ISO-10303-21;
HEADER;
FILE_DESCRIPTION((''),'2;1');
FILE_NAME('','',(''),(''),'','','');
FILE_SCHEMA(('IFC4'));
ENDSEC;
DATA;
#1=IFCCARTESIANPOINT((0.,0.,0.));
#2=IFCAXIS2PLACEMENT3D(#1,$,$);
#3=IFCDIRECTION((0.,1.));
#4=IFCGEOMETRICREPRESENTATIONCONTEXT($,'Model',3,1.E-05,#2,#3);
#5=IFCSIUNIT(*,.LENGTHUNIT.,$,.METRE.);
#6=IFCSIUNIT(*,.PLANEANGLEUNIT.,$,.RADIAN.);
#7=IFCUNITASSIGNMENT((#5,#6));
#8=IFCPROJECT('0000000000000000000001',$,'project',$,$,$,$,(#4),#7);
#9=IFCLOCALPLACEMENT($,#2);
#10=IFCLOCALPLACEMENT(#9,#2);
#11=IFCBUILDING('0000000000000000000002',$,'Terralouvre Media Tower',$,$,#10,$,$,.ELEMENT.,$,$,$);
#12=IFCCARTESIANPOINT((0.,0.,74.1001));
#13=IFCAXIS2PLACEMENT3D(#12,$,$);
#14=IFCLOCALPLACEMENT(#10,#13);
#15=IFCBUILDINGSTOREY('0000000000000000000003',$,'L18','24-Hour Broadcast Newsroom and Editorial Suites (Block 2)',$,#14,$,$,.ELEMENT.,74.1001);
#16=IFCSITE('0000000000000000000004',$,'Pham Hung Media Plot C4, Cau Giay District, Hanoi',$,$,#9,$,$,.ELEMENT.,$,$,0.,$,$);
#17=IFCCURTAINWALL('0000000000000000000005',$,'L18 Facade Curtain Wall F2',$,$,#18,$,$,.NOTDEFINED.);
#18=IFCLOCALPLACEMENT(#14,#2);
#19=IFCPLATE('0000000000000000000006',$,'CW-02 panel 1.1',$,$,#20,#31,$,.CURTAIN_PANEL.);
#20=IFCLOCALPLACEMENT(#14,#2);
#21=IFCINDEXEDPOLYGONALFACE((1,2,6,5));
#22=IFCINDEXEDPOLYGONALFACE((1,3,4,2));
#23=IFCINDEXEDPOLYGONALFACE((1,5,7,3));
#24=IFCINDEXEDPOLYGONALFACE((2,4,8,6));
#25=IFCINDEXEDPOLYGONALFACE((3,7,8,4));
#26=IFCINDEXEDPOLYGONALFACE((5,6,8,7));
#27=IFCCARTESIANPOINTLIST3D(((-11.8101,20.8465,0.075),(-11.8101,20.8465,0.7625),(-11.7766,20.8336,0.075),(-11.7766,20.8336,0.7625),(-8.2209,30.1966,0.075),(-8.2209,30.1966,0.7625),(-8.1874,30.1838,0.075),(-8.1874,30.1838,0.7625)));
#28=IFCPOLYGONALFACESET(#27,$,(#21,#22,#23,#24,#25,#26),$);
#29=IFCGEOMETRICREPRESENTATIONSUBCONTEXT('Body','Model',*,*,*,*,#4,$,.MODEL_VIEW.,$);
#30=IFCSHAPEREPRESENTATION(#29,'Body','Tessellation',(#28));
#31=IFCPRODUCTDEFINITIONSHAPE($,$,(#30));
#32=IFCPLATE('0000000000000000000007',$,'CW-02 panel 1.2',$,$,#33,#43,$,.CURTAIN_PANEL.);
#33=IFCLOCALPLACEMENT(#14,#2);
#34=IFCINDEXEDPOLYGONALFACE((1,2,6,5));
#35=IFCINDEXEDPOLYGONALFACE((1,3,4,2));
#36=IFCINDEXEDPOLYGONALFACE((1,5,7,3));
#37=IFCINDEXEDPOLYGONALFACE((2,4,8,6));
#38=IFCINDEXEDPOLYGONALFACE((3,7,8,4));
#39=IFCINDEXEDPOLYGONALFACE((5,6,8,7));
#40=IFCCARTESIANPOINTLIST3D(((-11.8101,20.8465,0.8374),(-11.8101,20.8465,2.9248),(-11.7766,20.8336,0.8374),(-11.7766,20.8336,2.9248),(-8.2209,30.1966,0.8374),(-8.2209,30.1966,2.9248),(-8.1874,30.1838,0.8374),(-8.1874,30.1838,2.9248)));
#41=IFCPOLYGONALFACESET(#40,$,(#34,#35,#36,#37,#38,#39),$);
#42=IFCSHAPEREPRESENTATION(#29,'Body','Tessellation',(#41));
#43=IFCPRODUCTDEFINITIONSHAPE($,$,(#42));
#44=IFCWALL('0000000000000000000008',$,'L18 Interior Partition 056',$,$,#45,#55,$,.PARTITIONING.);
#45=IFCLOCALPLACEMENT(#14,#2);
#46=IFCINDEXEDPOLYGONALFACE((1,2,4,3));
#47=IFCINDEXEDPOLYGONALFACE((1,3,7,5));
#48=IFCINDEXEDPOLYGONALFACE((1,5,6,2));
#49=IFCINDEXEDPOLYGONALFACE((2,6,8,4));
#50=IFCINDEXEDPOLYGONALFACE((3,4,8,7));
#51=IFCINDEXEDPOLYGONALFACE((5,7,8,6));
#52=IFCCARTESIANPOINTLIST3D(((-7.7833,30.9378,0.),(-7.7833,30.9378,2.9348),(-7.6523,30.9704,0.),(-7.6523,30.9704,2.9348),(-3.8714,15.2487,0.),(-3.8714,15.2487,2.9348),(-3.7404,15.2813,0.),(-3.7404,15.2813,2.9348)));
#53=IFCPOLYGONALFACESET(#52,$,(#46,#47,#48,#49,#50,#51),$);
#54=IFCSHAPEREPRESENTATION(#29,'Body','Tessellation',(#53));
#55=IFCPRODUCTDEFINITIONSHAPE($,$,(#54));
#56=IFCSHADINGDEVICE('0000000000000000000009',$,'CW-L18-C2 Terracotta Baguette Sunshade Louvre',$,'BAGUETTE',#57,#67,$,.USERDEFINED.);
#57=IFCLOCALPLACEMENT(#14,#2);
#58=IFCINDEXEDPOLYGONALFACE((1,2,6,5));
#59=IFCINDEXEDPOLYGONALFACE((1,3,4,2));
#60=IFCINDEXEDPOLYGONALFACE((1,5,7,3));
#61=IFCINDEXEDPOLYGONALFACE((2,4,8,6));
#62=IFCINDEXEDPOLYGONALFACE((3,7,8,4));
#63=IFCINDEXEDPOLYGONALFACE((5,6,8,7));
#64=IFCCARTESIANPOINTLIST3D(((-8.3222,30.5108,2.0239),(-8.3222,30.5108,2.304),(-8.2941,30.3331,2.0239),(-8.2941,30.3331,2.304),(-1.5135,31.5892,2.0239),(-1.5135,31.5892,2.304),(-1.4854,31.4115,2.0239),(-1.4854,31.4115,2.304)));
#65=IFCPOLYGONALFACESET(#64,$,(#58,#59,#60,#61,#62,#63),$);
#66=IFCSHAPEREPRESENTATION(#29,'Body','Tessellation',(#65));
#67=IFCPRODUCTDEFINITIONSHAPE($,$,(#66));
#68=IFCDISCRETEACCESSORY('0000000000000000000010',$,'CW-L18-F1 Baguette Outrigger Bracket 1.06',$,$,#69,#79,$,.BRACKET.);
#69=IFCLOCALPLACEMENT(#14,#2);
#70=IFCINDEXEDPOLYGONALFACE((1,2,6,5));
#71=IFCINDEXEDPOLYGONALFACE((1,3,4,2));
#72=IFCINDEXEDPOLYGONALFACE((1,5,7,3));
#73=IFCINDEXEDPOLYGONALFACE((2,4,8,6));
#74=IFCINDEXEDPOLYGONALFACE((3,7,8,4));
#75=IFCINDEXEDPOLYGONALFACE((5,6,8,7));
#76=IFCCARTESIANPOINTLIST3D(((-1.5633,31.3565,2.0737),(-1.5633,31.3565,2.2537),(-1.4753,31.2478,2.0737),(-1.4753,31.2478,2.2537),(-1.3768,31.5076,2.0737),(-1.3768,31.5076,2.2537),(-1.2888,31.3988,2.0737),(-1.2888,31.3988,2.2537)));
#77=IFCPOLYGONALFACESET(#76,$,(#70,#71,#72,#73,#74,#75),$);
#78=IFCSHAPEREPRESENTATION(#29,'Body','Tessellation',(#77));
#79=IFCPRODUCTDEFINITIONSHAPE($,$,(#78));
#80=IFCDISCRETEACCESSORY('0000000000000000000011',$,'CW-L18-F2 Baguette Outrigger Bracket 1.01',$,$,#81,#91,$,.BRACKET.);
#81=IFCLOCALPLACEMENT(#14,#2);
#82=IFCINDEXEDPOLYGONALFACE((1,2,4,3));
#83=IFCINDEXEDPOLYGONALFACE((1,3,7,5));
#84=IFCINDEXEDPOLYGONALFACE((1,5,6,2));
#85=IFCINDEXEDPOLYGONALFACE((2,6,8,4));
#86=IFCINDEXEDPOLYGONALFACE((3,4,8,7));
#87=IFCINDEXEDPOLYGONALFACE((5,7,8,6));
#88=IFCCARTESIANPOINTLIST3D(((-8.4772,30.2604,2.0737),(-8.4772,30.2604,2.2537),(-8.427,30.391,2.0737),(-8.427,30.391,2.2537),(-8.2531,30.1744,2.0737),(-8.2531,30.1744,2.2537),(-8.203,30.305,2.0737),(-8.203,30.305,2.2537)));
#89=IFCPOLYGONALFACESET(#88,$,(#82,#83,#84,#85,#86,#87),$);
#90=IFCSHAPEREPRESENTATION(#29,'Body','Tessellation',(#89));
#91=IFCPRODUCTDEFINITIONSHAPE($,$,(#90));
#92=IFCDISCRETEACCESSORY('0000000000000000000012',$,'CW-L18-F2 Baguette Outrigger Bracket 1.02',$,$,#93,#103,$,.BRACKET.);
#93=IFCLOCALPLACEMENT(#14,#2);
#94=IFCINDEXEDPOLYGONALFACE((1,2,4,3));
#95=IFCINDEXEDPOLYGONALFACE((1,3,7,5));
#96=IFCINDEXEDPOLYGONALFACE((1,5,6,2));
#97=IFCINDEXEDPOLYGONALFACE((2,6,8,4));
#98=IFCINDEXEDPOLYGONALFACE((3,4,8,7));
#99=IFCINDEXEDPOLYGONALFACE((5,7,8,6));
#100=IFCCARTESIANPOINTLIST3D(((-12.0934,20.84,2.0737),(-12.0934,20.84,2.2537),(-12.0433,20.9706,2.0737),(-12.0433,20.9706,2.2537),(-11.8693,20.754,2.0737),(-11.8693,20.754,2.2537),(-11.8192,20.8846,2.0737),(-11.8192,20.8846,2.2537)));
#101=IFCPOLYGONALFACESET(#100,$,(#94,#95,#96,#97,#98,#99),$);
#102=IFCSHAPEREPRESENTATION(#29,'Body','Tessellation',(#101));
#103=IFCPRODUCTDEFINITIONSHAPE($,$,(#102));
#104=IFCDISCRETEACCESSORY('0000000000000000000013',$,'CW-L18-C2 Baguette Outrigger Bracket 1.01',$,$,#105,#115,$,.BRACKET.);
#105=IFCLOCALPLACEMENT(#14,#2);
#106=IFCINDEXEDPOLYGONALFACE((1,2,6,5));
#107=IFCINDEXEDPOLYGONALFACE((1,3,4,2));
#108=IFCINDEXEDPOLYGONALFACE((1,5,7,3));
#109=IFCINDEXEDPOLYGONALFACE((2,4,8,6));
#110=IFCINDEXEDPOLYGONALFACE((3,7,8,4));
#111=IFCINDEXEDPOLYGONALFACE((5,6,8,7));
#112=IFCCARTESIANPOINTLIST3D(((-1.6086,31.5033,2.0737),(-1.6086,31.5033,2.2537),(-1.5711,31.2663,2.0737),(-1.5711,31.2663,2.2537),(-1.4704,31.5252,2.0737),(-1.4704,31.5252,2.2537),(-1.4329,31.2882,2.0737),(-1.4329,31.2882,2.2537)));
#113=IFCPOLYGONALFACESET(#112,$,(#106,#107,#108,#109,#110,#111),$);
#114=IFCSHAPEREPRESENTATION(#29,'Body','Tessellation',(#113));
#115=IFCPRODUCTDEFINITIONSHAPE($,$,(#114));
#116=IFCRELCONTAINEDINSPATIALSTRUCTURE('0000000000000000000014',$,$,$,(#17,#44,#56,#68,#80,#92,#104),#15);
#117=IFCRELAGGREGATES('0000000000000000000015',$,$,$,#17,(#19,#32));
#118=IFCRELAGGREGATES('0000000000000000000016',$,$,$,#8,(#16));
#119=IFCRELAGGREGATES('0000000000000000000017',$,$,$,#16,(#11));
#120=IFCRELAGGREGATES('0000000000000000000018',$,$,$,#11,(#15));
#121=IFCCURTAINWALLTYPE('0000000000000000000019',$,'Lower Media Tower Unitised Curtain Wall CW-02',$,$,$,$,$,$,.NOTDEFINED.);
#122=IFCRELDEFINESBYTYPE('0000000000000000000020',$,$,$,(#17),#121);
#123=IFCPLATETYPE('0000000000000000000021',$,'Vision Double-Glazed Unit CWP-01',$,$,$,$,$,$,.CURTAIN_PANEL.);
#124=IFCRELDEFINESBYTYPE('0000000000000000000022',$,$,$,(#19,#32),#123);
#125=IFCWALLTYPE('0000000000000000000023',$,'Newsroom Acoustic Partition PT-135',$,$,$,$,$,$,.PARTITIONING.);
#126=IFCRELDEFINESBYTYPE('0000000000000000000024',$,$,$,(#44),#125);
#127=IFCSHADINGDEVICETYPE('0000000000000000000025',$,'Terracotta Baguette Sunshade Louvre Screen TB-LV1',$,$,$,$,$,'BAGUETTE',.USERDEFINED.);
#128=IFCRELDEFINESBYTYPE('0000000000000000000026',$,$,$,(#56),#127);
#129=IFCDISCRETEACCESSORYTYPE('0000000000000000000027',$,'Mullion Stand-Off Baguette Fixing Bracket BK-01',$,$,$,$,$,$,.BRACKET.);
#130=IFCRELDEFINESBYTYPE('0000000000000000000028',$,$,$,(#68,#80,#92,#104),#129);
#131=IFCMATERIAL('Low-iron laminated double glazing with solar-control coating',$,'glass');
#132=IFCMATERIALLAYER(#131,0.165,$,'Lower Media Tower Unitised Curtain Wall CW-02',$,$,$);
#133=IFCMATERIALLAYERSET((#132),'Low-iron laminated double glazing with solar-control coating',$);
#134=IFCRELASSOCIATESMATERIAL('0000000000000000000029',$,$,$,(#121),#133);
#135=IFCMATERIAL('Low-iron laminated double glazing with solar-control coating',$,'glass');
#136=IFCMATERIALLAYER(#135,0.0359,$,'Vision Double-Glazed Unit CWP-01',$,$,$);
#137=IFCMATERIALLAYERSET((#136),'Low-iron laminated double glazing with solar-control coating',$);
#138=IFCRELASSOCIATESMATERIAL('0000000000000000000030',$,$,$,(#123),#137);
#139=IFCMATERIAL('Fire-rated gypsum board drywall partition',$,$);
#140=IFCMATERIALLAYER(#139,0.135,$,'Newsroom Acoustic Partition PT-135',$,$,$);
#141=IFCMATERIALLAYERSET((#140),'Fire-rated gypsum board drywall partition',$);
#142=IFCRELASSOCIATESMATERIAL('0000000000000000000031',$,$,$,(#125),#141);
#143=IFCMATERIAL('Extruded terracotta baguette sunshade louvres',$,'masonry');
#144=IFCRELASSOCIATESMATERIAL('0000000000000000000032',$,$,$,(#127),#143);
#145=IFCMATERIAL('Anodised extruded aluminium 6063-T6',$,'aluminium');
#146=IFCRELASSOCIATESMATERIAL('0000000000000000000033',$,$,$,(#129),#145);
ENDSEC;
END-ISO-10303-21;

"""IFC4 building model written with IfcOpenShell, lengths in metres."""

from ifc_helpers import new_model, si_unit, direction, frame, frame_2d, origin, origin_2d, place, context, subcontext, project, spatial, rectangle, extrude, material, layer, layer_set, type_object, element, aggregate, save


model = new_model("IFC4")

# Units and contexts
model_context = context("Model", 3, precision=1e-05, world=origin(), true_north=direction((0.0, 1.0)))
body_context = subcontext(model_context, "Body", "Model", "MODEL_VIEW")
ifc_project = project(units=[si_unit("LENGTHUNIT", "METRE"), si_unit("PLANEANGLEUNIT", "RADIAN")], contexts=[model_context])

# Site, building, storey
site_placement = place(None, origin())
site = spatial("IfcSite", under=ifc_project, at=site_placement, Name="Pham Hung Media Plot C4, Cau Giay District, Hanoi", CompositionType="ELEMENT", RefElevation=0.0)
building_placement = place(site_placement, origin())
building = spatial("IfcBuilding", under=site, at=building_placement, Name="Terralouvre Media Tower", CompositionType="ELEMENT")
storey_placement = place(building_placement, frame((0.0, 0.0, 74.1001)))
storey = spatial("IfcBuildingStorey", under=building, at=storey_placement, Name="L18", Description="24-Hour Broadcast Newsroom and Editorial Suites (Block 2)", CompositionType="ELEMENT", Elevation=74.1001)

# Curtain wall
ifc_material_1 = material(Name="Low-iron laminated double glazing with solar-control coating", Category="glass")
ifc_layer_1 = layer(ifc_material_1, 0.165, Name="Lower Media Tower Unitised Curtain Wall CW-02")
ifc_layer_set_1 = layer_set([ifc_layer_1], Name="Low-iron laminated double glazing with solar-control coating")
curtain_wall_type_1 = type_object("IfcCurtainWallType", Name="Lower Media Tower Unitised Curtain Wall CW-02", PredefinedType="NOTDEFINED", material=ifc_layer_set_1)
curtain_wall_1_placement = place(storey_placement, origin())
curtain_wall_1 = element("IfcCurtainWall", 1, at=curtain_wall_1_placement, inside=storey, type_object=curtain_wall_type_1, Name="L18 Facade Curtain Wall F2", PredefinedType="NOTDEFINED")

# Plates
ifc_material_2 = material(Name="Low-iron laminated double glazing with solar-control coating", Category="glass")
ifc_layer_2 = layer(ifc_material_2, 0.0359, Name="Vision Double-Glazed Unit CWP-01")
ifc_layer_set_2 = layer_set([ifc_layer_2], Name="Low-iron laminated double glazing with solar-control coating")
plate_type_1 = type_object("IfcPlateType", Name="Vision Double-Glazed Unit CWP-01", PredefinedType="CURTAIN_PANEL", material=ifc_layer_set_2)
plate_1_placement = place(storey_placement, frame((-9.9988, 25.5151, 0.075), z_axis=(0.0, 0.0, 1.0), x_axis=(-0.358368, -0.93358, 0.0)))
plate_1 = element("IfcPlate", 2, at=plate_1_placement, type_object=plate_type_1, Name="CW-02 panel 1.1", PredefinedType="CURTAIN_PANEL", context=body_context, shape_type="SweptSolid", body=[
    extrude(rectangle(XDim=10.0154, YDim=0.0359, at=origin_2d()), origin(), (0.0, 0.0, 1.0), 0.6875),
])
plate_2_placement = place(storey_placement, frame((-9.9988, 25.5151, 0.8374), z_axis=(0.0, 0.0, 1.0), x_axis=(-0.358368, -0.93358, 0.0)))
plate_2 = element("IfcPlate", 3, at=plate_2_placement, type_object=plate_type_1, Name="CW-02 panel 1.2", PredefinedType="CURTAIN_PANEL", context=body_context, shape_type="SweptSolid", body=[
    extrude(rectangle(XDim=10.0154, YDim=0.0359, at=origin_2d()), origin(), (0.0, 0.0, 1.0), 2.0874),
])
aggregate(curtain_wall_1, [plate_1, plate_2])

# Wall
ifc_material_3 = material(Name="Fire-rated gypsum board drywall partition")
ifc_layer_3 = layer(ifc_material_3, 0.135, Name="Newsroom Acoustic Partition PT-135")
ifc_layer_set_3 = layer_set([ifc_layer_3], Name="Fire-rated gypsum board drywall partition")
wall_type = type_object("IfcWallType", Name="Newsroom Acoustic Partition PT-135", PredefinedType="PARTITIONING", material=ifc_layer_set_3)
wall_placement = place(storey_placement, frame((-7.7178, 30.9541, 0.0), z_axis=(0.0, 0.0, 1.0), x_axis=(0.241928, -0.970294, 0.0)))
element("IfcWall", 4, at=wall_placement, inside=storey, type_object=wall_type, Name="L18 Interior Partition 056", PredefinedType="PARTITIONING", context=body_context, shape_type="SweptSolid", body=[
    extrude(rectangle(XDim=16.1694, YDim=0.135, at=frame_2d((8.0847, 0.0))), origin(), (0.0, 0.0, 1.0), 2.9348),
])

# Shading device
ifc_material_4 = material(Name="Extruded terracotta baguette sunshade louvres", Category="masonry")
shading_device_type = type_object("IfcShadingDeviceType", Name="Terracotta Baguette Sunshade Louvre Screen TB-LV1", ElementType="BAGUETTE", PredefinedType="USERDEFINED", material=ifc_material_4)
shading_device_placement = place(storey_placement, frame((-4.9038, 30.9612, 2.0239), z_axis=(0.0, 0.0, 1.0), x_axis=(-0.987688, -0.156434, 0.0)))
element("IfcShadingDevice", 5, at=shading_device_placement, inside=storey, type_object=shading_device_type, Name="CW-L18-C2 Terracotta Baguette Sunshade Louvre", ObjectType="BAGUETTE", PredefinedType="USERDEFINED", context=body_context, shape_type="SweptSolid", body=[
    extrude(rectangle(XDim=6.8936, YDim=0.1799, at=origin_2d()), origin(), (0.0, 0.0, 1.0), 0.28),
])

# Discrete accessories
ifc_material_5 = material(Name="Anodised extruded aluminium 6063-T6", Category="aluminium")
discrete_accessory_type = type_object("IfcDiscreteAccessoryType", Name="Mullion Stand-Off Baguette Fixing Bracket BK-01", PredefinedType="BRACKET", material=ifc_material_5)
for number, where, z_axis, x_axis, name in (
    (6, (-1.426, 31.3777, 2.0737), (0.0, 0.0, 1.0), (-0.62932, 0.777146, 0.0), "CW-L18-F1 Baguette Outrigger Bracket 1.06"),
    (7, (-8.3401, 30.2827, 2.0737), (0.0, 0.0, 1.0), (-0.358368, -0.93358, 0.0), "CW-L18-F2 Baguette Outrigger Bracket 1.01"),
    (8, (-11.9563, 20.8623, 2.0737), (0.0, 0.0, 1.0), (-0.358368, -0.93358, 0.0), "CW-L18-F2 Baguette Outrigger Bracket 1.02"),
    (9, (-1.5208, 31.3958, 2.0737), (0.0, 0.0, 1.0), (-0.987688, -0.156434, 0.0), "CW-L18-C2 Baguette Outrigger Bracket 1.01"),
):
    element("IfcDiscreteAccessory", number, at=place(storey_placement, frame(where, z_axis=z_axis, x_axis=x_axis)), inside=storey, type_object=discrete_accessory_type, Name=name, PredefinedType="BRACKET", context=body_context, shape_type="SweptSolid", body=[
        extrude(rectangle(XDim=0.1399, YDim=0.24, at=origin_2d()), origin(), (0.0, 0.0, 1.0), 0.1799),
    ])

save(model, "model.ifc")
